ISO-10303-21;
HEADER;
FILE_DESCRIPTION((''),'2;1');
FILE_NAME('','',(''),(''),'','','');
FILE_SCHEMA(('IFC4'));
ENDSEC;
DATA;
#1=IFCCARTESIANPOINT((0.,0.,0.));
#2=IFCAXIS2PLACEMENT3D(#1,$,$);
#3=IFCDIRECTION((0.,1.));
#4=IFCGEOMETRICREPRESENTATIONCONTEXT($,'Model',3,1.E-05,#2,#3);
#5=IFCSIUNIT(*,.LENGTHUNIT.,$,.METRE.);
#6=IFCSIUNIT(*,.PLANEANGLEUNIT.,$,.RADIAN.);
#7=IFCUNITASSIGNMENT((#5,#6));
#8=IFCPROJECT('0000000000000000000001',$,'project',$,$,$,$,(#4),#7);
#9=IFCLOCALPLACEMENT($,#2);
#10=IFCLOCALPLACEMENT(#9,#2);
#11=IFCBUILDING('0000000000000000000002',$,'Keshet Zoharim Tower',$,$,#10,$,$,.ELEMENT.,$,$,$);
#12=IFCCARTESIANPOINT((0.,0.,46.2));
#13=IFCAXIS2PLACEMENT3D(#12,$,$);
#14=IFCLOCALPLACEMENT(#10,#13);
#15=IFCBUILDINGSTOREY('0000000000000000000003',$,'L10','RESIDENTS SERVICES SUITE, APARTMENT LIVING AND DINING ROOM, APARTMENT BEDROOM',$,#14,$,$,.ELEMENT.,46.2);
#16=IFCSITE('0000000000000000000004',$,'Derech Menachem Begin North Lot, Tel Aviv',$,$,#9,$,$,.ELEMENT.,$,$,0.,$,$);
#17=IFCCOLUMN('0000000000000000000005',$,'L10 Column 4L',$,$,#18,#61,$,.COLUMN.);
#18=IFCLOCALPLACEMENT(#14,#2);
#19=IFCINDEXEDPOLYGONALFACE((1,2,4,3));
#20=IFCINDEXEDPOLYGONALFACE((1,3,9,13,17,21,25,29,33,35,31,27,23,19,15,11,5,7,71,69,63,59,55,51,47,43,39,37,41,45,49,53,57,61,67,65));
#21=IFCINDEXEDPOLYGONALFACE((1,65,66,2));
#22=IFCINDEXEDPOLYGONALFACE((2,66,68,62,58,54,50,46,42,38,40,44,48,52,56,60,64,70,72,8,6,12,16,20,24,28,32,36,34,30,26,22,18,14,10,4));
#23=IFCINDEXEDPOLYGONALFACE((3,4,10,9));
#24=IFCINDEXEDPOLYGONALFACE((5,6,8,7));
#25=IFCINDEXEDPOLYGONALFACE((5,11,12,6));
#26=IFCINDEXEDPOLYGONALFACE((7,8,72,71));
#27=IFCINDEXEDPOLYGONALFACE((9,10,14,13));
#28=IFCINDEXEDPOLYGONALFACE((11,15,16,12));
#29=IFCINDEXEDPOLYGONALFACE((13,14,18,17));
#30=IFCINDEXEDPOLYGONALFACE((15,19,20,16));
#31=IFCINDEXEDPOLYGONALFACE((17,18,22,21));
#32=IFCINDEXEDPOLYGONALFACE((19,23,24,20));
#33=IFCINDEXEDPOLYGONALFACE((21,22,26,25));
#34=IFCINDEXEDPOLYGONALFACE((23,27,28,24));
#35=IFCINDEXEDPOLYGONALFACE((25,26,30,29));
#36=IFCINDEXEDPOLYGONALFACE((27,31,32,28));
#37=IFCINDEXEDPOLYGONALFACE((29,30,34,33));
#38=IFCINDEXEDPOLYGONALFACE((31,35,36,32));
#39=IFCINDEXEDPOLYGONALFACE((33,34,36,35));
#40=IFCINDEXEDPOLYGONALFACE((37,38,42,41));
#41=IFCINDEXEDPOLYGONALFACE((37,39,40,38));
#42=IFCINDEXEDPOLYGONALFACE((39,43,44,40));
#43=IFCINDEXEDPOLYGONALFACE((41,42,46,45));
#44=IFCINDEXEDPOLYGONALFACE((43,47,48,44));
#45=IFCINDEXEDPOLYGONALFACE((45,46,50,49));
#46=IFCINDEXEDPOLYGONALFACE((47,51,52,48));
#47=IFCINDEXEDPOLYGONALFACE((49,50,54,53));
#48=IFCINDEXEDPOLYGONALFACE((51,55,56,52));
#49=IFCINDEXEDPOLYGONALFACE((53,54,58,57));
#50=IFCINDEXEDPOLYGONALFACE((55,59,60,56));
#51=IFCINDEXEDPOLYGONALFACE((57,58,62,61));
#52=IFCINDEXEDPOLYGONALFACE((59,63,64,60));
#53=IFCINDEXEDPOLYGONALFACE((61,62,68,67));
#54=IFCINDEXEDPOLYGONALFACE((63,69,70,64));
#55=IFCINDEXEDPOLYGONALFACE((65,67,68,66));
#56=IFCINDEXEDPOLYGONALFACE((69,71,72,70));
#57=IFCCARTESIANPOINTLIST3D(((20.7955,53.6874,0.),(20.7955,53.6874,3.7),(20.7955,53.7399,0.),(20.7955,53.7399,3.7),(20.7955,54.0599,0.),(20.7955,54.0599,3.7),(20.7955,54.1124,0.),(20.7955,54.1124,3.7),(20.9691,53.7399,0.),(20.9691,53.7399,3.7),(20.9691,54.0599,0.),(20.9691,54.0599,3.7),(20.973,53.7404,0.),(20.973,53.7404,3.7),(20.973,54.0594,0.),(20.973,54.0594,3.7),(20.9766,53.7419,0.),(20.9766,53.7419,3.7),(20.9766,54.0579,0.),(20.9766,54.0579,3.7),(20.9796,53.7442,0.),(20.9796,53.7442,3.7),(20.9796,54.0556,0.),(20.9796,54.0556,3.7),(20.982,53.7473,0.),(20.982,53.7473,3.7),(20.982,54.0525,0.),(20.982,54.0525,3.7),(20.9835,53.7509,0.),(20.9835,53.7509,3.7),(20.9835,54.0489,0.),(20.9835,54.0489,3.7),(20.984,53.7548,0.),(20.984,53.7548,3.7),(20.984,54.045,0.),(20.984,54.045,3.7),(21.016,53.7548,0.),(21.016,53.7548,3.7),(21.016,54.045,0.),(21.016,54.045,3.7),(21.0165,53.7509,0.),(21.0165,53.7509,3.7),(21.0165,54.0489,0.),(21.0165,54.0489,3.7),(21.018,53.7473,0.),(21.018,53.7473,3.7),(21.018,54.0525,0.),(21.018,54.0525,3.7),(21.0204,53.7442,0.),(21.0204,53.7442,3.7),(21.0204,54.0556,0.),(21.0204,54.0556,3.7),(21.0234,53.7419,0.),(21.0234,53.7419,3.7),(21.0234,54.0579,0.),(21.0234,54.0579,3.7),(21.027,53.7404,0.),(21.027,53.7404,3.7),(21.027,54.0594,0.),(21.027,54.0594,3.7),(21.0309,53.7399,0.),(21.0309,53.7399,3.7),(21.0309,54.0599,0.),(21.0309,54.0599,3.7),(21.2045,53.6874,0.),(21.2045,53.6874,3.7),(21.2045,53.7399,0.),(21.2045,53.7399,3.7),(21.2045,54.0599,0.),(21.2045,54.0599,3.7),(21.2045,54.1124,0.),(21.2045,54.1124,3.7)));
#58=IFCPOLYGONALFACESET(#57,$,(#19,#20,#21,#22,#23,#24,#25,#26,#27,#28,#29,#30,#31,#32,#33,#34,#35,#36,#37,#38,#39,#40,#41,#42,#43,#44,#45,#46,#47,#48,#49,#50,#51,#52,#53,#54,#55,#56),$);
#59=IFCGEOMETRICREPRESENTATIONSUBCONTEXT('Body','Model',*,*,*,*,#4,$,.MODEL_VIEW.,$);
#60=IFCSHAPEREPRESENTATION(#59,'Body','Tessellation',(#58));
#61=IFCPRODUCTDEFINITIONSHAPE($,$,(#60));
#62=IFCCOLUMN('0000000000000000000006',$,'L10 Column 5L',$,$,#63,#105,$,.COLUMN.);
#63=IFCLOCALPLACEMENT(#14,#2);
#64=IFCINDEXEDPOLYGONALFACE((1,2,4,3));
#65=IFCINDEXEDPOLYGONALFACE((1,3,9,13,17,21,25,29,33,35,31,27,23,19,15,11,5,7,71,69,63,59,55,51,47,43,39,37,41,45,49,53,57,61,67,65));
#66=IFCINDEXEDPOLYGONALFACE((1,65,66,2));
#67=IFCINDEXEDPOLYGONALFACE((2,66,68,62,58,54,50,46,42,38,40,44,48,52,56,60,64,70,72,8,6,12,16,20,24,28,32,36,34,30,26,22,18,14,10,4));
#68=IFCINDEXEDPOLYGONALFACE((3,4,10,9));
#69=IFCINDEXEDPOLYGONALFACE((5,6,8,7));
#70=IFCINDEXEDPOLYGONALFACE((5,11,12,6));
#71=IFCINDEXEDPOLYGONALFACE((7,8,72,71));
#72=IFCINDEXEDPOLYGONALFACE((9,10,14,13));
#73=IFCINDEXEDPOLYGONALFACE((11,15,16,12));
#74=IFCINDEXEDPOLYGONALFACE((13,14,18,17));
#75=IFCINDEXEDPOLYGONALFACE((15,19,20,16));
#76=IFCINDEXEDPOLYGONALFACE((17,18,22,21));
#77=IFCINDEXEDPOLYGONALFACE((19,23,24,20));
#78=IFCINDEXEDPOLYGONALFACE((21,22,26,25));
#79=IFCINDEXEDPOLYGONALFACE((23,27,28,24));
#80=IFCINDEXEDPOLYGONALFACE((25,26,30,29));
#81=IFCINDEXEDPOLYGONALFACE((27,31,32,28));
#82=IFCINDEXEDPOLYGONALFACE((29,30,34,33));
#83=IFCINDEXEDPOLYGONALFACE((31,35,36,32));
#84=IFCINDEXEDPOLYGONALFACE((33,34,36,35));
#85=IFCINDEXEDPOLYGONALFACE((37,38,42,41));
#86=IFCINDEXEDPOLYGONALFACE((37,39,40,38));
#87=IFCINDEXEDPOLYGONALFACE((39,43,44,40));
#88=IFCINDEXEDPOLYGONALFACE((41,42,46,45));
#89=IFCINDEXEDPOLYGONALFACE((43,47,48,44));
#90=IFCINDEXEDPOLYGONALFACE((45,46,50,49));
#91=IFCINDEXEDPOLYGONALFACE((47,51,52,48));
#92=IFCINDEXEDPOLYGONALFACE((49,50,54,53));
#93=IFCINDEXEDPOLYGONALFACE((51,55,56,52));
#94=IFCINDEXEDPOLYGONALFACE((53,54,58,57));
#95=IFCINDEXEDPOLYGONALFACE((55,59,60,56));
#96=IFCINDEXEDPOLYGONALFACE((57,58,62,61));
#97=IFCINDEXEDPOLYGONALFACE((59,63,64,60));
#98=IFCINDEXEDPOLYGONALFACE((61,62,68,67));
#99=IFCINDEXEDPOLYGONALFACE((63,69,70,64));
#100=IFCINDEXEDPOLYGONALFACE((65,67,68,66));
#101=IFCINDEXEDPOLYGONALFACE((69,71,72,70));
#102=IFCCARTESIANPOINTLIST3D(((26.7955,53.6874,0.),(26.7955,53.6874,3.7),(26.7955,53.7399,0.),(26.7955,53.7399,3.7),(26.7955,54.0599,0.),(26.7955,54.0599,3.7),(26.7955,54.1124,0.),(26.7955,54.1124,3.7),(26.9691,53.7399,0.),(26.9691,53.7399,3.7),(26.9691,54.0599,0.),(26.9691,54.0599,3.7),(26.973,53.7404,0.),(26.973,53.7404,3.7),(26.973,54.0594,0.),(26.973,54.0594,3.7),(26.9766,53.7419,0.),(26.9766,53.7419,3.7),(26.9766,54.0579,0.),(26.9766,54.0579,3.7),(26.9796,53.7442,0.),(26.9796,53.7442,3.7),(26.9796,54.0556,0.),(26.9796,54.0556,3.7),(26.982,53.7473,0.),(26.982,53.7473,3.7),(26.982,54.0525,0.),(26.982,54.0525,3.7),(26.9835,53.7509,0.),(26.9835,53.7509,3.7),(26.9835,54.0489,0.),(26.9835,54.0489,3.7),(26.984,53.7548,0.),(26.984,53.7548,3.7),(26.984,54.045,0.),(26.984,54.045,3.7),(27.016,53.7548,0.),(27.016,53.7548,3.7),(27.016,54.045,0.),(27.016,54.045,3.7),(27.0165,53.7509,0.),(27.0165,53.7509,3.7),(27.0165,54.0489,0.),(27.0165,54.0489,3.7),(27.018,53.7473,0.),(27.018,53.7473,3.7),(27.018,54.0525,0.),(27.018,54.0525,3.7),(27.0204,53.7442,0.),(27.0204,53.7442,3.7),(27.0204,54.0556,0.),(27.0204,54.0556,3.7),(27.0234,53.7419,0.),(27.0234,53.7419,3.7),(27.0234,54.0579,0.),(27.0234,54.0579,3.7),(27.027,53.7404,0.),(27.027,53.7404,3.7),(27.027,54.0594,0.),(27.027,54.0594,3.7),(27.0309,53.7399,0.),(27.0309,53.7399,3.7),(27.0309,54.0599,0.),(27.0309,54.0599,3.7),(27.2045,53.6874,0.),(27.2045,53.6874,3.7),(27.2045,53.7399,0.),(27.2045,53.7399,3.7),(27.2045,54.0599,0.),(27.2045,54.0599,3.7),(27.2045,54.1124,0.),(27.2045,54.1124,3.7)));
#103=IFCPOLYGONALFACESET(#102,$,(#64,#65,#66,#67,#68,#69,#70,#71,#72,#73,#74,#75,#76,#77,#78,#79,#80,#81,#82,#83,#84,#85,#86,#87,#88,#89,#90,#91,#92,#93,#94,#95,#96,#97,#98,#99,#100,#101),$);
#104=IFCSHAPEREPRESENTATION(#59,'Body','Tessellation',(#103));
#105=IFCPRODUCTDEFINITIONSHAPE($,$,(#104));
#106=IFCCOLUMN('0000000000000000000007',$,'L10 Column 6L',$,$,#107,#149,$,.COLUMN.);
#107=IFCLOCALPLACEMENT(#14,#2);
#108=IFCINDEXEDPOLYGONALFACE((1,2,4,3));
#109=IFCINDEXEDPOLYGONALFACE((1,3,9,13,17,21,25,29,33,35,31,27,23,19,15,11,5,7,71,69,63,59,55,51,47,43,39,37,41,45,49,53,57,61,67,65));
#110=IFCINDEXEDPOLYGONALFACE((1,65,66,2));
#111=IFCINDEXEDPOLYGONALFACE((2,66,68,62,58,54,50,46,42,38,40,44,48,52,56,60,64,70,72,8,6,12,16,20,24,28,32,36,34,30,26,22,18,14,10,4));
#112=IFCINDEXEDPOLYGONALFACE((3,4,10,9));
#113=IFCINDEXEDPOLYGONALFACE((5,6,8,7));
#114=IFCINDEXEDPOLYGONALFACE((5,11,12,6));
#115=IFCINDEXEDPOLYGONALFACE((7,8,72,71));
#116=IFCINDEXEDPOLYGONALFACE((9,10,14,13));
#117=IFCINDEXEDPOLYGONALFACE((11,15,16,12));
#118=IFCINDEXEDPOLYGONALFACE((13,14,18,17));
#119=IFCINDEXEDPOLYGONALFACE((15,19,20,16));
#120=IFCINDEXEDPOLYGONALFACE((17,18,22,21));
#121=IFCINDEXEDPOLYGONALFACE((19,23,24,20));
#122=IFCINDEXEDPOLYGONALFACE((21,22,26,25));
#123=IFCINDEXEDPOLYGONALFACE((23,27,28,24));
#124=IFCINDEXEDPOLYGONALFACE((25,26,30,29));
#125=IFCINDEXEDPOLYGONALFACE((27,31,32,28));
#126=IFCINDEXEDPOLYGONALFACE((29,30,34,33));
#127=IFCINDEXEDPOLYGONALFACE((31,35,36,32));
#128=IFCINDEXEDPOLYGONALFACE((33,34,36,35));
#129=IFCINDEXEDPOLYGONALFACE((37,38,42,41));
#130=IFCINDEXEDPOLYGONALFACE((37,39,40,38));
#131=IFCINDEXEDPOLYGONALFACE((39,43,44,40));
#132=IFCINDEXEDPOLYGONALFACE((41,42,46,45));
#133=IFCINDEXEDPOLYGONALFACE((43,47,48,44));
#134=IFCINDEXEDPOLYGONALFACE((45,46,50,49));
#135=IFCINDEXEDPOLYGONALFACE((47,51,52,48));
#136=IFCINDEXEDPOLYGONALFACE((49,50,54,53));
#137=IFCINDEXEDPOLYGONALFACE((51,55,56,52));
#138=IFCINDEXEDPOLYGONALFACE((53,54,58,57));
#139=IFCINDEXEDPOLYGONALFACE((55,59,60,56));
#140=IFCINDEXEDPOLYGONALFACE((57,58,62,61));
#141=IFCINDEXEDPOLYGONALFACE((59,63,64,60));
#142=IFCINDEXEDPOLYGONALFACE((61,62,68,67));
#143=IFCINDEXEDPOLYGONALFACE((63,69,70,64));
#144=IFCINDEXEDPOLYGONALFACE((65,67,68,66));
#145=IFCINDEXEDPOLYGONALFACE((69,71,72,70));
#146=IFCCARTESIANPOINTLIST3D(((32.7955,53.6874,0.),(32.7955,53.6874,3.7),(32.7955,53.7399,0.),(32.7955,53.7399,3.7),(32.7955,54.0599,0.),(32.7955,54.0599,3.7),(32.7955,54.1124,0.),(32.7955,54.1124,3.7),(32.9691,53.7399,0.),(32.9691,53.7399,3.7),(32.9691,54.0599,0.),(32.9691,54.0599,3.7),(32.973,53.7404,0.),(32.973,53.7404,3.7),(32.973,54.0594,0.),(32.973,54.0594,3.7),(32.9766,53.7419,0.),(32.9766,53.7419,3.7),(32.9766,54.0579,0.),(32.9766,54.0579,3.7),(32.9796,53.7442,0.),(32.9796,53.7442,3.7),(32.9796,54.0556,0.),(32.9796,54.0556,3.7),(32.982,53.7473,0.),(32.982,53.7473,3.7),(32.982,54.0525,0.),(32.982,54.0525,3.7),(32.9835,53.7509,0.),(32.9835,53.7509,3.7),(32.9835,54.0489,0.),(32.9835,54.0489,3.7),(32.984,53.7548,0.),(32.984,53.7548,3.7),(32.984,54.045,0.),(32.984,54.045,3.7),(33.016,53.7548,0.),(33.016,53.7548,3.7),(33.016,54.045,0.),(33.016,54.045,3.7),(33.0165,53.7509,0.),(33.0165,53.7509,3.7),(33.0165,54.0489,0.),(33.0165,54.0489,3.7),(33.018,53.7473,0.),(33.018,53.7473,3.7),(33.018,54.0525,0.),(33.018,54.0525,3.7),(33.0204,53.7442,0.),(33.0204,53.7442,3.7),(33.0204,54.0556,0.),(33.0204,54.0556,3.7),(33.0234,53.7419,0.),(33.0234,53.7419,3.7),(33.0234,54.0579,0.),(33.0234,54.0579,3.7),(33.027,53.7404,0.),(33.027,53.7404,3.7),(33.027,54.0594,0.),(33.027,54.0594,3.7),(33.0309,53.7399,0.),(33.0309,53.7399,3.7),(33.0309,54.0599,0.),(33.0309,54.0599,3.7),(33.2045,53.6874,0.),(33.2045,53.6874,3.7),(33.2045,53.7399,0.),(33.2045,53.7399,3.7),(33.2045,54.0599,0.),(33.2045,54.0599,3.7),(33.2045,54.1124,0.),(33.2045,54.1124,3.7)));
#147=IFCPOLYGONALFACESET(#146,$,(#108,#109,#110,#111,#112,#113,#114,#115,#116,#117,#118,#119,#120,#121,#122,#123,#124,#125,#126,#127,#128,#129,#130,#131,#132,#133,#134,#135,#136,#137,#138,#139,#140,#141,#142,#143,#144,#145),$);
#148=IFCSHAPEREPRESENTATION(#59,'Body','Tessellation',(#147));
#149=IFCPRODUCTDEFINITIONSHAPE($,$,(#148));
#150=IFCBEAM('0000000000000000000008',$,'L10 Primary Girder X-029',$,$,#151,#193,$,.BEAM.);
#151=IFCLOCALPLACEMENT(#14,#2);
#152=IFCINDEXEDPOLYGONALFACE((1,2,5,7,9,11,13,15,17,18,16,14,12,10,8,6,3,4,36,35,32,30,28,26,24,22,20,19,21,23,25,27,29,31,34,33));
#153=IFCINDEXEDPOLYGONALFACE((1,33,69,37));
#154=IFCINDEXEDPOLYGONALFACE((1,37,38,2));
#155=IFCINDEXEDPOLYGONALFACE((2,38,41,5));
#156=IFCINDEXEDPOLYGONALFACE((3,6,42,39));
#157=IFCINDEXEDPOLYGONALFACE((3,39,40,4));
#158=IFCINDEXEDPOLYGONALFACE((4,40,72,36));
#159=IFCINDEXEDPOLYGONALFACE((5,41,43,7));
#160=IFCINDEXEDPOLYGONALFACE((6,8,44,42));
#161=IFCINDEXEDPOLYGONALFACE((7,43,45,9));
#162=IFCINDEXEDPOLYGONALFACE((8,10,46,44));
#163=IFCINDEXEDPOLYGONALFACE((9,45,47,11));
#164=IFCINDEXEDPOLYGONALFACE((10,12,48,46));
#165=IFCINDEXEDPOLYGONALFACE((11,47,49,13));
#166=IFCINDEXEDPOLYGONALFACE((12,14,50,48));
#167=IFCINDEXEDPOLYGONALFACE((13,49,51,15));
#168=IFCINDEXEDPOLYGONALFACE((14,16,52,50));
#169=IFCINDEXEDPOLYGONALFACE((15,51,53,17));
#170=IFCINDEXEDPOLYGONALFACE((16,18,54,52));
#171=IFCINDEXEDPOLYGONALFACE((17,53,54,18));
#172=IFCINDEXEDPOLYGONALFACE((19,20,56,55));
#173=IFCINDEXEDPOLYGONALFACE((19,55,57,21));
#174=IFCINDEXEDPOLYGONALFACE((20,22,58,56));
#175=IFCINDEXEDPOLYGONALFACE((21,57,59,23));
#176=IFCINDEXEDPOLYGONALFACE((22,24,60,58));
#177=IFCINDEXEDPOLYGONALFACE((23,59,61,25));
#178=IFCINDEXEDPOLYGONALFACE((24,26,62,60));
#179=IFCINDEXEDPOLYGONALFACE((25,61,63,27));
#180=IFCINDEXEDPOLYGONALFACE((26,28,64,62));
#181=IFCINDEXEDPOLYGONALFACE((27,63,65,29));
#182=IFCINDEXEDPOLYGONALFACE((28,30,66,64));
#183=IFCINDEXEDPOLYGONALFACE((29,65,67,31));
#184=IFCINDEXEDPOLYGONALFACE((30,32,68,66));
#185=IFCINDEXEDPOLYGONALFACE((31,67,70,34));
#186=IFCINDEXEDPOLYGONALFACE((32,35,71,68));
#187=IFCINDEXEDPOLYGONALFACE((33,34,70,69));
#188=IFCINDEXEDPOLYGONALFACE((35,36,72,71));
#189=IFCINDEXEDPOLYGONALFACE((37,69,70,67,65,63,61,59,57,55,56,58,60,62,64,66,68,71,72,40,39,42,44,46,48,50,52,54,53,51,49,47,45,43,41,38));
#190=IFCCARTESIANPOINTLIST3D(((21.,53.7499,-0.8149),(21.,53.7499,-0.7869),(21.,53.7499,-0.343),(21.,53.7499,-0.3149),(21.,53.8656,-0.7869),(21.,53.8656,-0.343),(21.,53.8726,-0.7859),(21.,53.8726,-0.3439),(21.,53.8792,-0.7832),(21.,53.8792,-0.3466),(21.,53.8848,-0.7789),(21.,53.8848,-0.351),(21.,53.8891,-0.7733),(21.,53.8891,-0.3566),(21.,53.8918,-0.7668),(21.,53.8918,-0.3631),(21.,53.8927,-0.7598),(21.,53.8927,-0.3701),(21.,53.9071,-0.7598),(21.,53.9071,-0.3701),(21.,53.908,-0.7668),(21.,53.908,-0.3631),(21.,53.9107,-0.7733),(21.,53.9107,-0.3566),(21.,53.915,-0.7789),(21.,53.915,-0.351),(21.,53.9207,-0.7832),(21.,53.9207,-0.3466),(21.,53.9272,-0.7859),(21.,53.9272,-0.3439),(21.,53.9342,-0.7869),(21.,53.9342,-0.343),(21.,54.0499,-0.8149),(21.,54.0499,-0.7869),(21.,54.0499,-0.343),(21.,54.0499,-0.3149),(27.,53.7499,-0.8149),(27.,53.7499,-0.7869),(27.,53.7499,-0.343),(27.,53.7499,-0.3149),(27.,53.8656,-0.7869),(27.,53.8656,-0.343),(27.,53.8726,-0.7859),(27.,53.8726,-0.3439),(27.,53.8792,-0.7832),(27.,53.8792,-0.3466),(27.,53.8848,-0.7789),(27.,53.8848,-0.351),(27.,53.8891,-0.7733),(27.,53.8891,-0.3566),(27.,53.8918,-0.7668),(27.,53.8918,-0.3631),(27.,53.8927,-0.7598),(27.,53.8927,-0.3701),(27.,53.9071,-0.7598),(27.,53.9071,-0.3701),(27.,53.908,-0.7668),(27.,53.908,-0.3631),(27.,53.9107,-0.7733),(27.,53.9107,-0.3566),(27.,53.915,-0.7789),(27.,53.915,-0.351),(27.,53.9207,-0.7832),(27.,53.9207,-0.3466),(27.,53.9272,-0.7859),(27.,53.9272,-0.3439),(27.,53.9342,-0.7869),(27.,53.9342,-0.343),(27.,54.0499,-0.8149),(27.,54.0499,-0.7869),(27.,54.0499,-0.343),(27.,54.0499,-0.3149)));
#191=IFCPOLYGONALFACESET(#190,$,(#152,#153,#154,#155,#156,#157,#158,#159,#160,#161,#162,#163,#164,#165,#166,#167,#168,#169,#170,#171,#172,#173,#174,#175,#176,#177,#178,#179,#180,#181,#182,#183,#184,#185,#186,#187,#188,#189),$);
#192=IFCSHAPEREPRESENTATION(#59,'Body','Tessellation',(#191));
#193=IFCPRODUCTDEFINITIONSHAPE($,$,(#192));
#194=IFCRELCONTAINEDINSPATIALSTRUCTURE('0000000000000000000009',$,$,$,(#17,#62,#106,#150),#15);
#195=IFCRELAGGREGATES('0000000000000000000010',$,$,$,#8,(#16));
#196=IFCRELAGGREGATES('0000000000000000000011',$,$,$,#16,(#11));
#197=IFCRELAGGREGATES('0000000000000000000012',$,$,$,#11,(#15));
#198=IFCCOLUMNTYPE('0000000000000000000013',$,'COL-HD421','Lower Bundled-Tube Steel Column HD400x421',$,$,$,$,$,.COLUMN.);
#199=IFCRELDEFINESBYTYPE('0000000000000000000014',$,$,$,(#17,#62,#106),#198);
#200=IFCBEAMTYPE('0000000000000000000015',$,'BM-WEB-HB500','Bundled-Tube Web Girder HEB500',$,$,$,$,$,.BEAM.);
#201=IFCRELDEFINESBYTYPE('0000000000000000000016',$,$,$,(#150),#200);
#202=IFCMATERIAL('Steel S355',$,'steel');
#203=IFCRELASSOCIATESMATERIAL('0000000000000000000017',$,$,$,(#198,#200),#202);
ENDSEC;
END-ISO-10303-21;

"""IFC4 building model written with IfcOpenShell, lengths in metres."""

from ifc_helpers import new_model, si_unit, direction, frame, origin, origin_2d, place, context, subcontext, project, spatial, i_section, extrude, material, material_profile, profile_set, type_object, element, save


model = new_model("IFC4")

# Units and contexts
model_context = context("Model", 3, precision=1e-05, world=origin(), true_north=direction((0.0, 1.0)))
body_context = subcontext(model_context, "Body", "Model", "MODEL_VIEW")
ifc_project = project(units=[si_unit("LENGTHUNIT", "METRE"), si_unit("PLANEANGLEUNIT", "RADIAN")], contexts=[model_context])

# Site, building, storey
site_placement = place(None, origin())
site = spatial("IfcSite", under=ifc_project, at=site_placement, Name="Derech Menachem Begin North Lot, Tel Aviv", CompositionType="ELEMENT", RefElevation=0.0)
building_placement = place(site_placement, origin())
building = spatial("IfcBuilding", under=site, at=building_placement, Name="Keshet Zoharim Tower", CompositionType="ELEMENT")
storey_placement = place(building_placement, frame((0.0, 0.0, 46.2)))
storey = spatial("IfcBuildingStorey", under=building, at=storey_placement, Name="L10", Description="RESIDENTS SERVICES SUITE, APARTMENT LIVING AND DINING ROOM, APARTMENT BEDROOM", CompositionType="ELEMENT", Elevation=46.2)

# Columns
ifc_material_1 = material(Name="Steel S355", Category="steel")
ifc_material_profile_1 = material_profile(ifc_material_1, i_section(OverallWidth=0.4089, OverallDepth=0.425, WebThickness=0.032, FlangeThickness=0.0525, FilletRadius=0.0149, at=origin_2d()), Name="HD400x421")
ifc_profile_set_1 = profile_set([ifc_material_profile_1], Name="Steel S355")
column_type = type_object("IfcColumnType", Name="COL-HD421", Description="Lower Bundled-Tube Steel Column HD400x421", PredefinedType="COLUMN", material=ifc_profile_set_1)
for number, where, z_axis, x_axis, name in (
    (1, (21.0, 53.8999, 0.0), (0.0, 0.0, 1.0), (1.0, 0.0, 0.0), "L10 Column 4L"),
    (2, (27.0, 53.8999, 0.0), (0.0, 0.0, 1.0), (1.0, 0.0, 0.0), "L10 Column 5L"),
    (3, (33.0, 53.8999, 0.0), (0.0, 0.0, 1.0), (1.0, 0.0, 0.0), "L10 Column 6L"),
):
    element("IfcColumn", number, at=place(storey_placement, frame(where, z_axis=z_axis, x_axis=x_axis)), inside=storey, type_object=column_type, Name=name, PredefinedType="COLUMN", context=body_context, shape_type="SweptSolid", body=[
        extrude(i_section(OverallWidth=0.4089, OverallDepth=0.425, WebThickness=0.032, FlangeThickness=0.0525, FilletRadius=0.0149, at=origin_2d()), origin(), (0.0, 0.0, 1.0), 3.7),
    ])

# Beam
ifc_material_profile_2 = material_profile(ifc_material_1, i_section(OverallWidth=0.3, OverallDepth=0.5, WebThickness=0.0144, FlangeThickness=0.0281, FilletRadius=0.0271, at=origin_2d()), Name="HEB500")
ifc_profile_set_2 = profile_set([ifc_material_profile_2], Name="Steel S355")
beam_type = type_object("IfcBeamType", Name="BM-WEB-HB500", Description="Bundled-Tube Web Girder HEB500", PredefinedType="BEAM", material=ifc_profile_set_2)
for number, where, z_axis, x_axis, name in (
    (4, (21.0, 53.8999, -0.5649), (1.0, 0.0, 0.0), (0.0, 1.0, 0.0), "L10 Primary Girder X-029"),
):
    element("IfcBeam", number, at=place(storey_placement, frame(where, z_axis=z_axis, x_axis=x_axis)), inside=storey, type_object=beam_type, Name=name, PredefinedType="BEAM", context=body_context, shape_type="SweptSolid", body=[
        extrude(i_section(OverallWidth=0.3, OverallDepth=0.5, WebThickness=0.0144, FlangeThickness=0.0281, FilletRadius=0.0271, at=origin_2d()), origin(), (0.0, 0.0, 1.0), 6.0),
    ])

save(model, "model.ifc")
